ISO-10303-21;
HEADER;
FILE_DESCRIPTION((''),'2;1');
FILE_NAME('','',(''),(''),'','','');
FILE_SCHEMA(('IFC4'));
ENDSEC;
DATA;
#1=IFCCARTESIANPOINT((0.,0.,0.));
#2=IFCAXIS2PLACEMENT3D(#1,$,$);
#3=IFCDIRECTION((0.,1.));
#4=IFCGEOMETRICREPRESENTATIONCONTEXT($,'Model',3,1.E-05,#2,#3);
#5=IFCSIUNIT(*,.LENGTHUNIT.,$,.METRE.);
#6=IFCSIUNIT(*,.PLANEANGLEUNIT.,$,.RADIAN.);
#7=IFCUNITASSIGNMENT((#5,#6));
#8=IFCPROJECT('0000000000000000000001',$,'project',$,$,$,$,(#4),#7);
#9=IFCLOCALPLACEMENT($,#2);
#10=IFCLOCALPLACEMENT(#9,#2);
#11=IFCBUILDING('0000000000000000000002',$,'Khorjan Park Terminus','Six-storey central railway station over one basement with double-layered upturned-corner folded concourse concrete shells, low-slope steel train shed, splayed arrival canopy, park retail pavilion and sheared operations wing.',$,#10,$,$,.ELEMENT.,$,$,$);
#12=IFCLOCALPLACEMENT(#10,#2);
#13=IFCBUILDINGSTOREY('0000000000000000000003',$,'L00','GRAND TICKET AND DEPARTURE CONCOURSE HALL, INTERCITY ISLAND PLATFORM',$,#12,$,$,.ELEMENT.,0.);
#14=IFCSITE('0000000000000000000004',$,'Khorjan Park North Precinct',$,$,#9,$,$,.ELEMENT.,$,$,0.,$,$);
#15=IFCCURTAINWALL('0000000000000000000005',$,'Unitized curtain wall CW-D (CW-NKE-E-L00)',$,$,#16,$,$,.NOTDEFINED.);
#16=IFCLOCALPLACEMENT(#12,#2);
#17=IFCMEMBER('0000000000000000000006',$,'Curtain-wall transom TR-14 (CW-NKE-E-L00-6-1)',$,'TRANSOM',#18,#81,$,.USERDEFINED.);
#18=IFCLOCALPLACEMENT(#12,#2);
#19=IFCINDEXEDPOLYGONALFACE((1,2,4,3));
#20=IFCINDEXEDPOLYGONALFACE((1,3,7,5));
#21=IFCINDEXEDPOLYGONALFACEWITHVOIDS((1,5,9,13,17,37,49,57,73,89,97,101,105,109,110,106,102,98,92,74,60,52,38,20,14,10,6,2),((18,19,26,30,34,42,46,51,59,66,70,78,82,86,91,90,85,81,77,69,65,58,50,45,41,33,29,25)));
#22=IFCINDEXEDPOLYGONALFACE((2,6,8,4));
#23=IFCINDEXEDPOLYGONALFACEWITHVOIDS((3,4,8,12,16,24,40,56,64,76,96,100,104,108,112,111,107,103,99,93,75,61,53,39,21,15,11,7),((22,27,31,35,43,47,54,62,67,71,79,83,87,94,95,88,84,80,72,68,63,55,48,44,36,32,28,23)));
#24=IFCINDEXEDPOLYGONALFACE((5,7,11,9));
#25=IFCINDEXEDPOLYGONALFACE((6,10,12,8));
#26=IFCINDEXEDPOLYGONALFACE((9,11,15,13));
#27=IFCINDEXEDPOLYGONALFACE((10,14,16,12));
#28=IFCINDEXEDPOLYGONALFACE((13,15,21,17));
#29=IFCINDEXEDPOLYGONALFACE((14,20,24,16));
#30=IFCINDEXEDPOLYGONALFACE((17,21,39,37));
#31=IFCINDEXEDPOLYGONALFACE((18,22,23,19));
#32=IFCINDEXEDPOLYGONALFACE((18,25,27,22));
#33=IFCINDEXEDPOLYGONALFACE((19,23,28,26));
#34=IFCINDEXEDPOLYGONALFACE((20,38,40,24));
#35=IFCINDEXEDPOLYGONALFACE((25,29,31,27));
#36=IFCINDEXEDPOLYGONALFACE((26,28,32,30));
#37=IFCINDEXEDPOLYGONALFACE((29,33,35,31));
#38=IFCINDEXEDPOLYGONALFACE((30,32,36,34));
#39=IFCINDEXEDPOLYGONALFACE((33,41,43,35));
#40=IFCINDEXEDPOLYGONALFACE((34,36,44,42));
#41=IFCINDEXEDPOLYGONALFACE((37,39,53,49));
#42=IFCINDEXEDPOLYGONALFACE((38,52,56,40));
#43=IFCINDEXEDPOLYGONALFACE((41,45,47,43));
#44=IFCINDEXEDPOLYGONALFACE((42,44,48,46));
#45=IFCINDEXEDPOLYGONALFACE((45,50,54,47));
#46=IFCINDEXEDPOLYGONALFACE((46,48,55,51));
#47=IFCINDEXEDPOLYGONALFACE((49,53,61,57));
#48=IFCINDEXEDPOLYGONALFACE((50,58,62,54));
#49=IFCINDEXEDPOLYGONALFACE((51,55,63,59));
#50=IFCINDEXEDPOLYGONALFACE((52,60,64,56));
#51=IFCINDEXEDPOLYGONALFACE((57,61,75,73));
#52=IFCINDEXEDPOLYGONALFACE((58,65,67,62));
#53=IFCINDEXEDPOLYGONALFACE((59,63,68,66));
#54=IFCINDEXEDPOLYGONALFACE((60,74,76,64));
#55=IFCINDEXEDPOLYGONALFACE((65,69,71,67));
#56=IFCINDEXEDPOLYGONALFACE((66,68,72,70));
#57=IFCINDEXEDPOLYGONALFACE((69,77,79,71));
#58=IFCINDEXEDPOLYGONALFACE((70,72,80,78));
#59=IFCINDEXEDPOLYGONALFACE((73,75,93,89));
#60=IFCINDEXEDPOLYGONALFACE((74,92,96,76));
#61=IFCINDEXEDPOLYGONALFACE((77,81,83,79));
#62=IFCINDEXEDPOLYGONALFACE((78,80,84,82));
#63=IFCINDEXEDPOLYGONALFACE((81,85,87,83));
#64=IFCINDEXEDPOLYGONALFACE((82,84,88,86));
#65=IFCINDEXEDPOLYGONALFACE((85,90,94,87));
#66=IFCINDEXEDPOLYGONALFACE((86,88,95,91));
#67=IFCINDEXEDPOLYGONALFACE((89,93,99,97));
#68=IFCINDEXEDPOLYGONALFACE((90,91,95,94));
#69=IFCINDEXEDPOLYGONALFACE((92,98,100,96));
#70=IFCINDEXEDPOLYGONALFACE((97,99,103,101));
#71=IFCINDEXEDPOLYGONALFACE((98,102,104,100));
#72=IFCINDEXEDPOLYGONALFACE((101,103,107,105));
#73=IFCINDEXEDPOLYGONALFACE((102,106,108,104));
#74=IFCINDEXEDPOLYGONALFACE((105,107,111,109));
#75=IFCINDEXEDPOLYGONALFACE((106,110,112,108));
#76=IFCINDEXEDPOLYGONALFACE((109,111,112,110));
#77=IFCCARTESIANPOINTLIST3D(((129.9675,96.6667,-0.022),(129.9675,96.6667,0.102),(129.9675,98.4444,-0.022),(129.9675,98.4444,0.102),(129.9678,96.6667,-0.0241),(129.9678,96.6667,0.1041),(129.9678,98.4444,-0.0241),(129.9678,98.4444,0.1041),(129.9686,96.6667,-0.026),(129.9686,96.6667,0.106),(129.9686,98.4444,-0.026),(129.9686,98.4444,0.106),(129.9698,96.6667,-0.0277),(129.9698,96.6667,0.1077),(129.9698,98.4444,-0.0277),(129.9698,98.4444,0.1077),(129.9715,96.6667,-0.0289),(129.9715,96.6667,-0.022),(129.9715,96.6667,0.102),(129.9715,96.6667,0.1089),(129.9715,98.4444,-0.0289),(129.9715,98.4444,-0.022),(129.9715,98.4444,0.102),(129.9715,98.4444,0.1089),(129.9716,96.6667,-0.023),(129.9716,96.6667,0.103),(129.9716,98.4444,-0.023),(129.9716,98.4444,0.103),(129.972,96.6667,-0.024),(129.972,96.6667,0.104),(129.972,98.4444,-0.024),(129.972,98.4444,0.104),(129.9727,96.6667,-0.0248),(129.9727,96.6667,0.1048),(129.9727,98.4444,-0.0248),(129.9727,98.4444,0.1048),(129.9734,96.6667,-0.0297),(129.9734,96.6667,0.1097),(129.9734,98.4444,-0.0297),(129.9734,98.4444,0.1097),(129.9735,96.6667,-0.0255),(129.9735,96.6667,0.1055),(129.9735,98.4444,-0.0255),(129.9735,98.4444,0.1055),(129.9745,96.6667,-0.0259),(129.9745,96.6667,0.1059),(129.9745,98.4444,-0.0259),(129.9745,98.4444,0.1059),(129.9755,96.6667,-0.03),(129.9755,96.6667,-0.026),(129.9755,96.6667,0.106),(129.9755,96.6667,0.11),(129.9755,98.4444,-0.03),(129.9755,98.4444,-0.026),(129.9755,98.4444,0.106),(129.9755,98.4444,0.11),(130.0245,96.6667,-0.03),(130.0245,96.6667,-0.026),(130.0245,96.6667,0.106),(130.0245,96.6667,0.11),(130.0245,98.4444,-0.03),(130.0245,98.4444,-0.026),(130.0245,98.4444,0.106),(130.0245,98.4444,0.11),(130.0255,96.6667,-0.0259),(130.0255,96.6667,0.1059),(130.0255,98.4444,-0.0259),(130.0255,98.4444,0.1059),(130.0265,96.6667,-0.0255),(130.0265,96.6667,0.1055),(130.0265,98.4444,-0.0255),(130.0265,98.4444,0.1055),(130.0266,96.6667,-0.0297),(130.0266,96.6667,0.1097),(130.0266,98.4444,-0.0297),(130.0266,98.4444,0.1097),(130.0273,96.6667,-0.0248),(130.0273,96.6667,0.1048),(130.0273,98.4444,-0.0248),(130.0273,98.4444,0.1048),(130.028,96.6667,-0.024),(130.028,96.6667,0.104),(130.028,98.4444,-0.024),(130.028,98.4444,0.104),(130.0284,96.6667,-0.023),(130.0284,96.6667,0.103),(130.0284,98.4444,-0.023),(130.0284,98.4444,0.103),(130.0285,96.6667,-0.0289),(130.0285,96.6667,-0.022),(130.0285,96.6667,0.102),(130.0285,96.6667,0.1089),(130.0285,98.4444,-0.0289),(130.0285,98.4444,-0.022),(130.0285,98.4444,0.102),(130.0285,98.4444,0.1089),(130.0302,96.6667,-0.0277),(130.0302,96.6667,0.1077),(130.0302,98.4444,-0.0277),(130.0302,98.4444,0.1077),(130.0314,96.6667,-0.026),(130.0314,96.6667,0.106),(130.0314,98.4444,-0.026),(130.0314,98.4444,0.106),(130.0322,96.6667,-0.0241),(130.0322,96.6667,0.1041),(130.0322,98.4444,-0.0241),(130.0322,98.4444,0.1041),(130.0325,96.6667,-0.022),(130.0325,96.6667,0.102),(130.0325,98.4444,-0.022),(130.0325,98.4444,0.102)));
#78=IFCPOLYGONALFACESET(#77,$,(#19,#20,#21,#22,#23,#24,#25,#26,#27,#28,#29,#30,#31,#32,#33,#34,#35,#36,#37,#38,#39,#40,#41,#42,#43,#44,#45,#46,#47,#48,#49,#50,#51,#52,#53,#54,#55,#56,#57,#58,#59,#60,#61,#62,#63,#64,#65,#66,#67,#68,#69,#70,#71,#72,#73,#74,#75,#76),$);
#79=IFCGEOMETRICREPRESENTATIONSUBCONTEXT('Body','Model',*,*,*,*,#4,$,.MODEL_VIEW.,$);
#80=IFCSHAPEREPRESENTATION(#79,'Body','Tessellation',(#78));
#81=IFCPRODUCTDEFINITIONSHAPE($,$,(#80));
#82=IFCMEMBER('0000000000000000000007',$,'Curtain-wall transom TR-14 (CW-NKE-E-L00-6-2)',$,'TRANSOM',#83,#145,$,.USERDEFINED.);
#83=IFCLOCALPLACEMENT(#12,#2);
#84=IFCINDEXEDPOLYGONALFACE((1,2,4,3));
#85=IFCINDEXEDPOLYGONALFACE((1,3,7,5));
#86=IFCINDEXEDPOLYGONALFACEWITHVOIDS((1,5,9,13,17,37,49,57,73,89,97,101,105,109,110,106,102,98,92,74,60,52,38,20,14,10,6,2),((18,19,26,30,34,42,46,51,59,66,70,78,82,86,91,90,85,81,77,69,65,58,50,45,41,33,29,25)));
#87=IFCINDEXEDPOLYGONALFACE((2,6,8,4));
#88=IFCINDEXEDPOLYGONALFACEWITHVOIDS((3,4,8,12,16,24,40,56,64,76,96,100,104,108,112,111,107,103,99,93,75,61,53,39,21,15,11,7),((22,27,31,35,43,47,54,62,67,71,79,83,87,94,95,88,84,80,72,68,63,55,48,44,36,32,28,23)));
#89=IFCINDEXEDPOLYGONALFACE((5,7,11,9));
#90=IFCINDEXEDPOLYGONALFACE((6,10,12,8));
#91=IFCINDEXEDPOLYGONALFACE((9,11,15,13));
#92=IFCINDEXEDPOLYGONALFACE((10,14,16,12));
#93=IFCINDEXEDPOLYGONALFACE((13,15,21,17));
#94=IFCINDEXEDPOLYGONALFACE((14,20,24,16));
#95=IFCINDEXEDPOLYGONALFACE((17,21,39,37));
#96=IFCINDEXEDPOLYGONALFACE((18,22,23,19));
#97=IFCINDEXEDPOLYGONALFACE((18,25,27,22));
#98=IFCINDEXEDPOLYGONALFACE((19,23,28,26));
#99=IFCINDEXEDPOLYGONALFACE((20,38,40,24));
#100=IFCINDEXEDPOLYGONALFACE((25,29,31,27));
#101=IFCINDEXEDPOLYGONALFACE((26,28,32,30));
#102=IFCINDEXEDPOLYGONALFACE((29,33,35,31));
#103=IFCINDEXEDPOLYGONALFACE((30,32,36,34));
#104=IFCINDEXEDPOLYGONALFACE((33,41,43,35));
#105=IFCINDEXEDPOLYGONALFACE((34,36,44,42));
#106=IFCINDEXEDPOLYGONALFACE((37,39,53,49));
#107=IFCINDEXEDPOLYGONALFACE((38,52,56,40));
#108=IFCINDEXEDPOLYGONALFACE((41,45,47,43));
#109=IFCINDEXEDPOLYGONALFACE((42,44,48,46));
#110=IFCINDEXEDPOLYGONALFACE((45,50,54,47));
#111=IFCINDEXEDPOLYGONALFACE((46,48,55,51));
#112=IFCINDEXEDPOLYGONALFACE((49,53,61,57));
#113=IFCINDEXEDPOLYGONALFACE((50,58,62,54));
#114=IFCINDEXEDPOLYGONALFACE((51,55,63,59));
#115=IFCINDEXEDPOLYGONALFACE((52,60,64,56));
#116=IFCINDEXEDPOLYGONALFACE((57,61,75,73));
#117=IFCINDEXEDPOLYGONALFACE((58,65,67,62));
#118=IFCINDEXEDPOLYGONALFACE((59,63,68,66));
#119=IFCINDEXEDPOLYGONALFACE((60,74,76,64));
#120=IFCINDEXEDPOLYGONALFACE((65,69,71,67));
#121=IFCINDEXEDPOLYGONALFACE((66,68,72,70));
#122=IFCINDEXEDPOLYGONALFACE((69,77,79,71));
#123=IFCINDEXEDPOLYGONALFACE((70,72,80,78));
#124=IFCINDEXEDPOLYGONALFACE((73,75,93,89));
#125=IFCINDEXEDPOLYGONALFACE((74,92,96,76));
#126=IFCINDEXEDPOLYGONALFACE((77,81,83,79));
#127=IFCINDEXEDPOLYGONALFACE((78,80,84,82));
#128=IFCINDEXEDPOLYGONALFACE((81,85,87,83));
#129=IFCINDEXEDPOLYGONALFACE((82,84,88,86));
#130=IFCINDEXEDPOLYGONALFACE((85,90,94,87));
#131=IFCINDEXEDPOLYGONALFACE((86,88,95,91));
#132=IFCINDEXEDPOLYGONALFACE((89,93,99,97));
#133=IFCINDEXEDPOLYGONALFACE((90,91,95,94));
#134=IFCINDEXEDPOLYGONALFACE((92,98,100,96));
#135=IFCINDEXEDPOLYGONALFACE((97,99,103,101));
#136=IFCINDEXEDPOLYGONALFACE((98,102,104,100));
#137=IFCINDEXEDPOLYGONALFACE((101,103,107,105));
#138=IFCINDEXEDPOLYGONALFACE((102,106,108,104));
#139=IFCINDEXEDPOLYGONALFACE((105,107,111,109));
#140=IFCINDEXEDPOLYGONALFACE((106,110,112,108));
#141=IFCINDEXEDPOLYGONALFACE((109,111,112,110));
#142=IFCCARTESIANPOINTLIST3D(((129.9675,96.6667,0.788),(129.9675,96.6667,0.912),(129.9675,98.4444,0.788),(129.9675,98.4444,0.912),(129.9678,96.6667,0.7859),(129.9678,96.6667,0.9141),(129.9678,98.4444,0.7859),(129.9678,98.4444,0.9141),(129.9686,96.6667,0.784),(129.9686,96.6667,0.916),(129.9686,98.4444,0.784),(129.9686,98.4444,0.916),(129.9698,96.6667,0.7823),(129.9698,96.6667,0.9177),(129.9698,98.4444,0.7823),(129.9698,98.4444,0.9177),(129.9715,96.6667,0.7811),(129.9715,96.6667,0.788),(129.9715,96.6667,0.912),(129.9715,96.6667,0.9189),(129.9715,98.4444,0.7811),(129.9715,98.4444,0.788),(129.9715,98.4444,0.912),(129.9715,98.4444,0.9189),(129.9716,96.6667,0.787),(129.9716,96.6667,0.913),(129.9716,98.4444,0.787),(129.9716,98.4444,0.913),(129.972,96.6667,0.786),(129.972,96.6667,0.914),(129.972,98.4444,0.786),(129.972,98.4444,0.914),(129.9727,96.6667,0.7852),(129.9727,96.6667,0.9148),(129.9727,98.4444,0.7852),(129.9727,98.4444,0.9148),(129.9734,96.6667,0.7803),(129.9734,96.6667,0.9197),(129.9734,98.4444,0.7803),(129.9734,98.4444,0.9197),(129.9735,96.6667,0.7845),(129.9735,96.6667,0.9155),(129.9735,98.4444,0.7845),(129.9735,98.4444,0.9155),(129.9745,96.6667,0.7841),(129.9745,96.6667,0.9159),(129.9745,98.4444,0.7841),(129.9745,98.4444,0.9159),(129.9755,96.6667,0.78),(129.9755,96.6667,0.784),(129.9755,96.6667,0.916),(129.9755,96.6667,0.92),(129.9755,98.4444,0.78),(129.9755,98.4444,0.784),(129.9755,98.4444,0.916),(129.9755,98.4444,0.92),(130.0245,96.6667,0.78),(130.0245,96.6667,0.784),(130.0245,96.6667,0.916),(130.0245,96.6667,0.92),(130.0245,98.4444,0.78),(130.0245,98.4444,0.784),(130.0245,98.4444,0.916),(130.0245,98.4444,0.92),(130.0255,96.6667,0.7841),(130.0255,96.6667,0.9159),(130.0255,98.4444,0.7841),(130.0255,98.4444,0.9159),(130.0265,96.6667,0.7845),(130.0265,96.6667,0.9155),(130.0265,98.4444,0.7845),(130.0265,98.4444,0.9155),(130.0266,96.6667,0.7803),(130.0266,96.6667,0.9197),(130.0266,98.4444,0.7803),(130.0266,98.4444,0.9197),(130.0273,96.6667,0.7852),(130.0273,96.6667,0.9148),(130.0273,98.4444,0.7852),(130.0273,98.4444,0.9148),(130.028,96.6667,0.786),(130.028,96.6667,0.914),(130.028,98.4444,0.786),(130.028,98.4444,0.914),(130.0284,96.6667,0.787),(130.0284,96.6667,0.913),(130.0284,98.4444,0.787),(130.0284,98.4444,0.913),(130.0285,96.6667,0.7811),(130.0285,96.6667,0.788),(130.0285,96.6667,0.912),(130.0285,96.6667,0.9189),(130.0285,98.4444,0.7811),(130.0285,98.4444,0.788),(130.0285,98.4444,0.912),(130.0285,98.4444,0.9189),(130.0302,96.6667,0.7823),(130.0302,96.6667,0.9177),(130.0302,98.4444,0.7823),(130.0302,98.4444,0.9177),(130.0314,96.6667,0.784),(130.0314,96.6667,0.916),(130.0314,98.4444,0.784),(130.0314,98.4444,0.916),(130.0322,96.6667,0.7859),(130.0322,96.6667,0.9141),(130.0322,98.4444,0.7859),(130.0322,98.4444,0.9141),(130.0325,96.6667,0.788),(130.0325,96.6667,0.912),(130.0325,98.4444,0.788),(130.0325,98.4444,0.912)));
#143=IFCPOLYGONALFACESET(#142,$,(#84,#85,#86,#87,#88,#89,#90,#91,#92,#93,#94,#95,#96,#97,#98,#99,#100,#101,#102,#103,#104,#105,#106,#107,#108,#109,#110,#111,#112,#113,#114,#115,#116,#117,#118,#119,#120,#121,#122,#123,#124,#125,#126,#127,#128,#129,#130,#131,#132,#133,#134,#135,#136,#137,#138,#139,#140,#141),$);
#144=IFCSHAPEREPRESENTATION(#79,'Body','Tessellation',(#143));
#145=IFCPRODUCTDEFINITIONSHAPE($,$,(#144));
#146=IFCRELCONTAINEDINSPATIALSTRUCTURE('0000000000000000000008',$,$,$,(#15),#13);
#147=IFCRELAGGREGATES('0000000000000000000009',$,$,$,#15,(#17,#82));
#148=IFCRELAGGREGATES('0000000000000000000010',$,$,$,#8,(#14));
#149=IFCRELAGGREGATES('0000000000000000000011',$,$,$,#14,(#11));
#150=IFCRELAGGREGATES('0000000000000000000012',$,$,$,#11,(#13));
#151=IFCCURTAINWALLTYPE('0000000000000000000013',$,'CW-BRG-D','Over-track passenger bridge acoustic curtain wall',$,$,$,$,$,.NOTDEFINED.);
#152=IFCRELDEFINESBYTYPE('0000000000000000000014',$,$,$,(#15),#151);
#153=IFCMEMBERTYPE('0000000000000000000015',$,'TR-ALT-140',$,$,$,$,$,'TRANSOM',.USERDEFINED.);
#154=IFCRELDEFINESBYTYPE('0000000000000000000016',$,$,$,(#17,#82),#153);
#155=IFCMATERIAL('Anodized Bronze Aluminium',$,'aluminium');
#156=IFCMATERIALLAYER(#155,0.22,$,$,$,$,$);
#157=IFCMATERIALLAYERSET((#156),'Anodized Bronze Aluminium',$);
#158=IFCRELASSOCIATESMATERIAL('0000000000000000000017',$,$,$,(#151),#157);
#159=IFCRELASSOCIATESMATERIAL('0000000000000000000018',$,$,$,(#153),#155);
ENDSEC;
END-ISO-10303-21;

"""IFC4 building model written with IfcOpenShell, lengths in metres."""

from ifc_helpers import new_model, si_unit, direction, frame, origin, origin_2d, place, context, subcontext, project, spatial, hollow_rectangle, extrude, material, layer, layer_set, material_profile, profile_set, type_object, element, aggregate, save


model = new_model("IFC4")

# Units and contexts
model_context = context("Model", 3, precision=1e-05, world=origin(), true_north=direction((0.0, 1.0)))
body_context = subcontext(model_context, "Body", "Model", "MODEL_VIEW")
ifc_project = project(units=[si_unit("LENGTHUNIT", "METRE"), si_unit("PLANEANGLEUNIT", "RADIAN")], contexts=[model_context])

# Site, building, storey
site_placement = place(None, origin())
site = spatial("IfcSite", under=ifc_project, at=site_placement, Name="Khorjan Park North Precinct", CompositionType="ELEMENT", RefElevation=0.0)
building_placement = place(site_placement, origin())
building = spatial("IfcBuilding", under=site, at=building_placement, Name="Khorjan Park Terminus", Description="Six-storey central railway station over one basement with double-layered upturned-corner folded concourse concrete shells, low-slope steel train shed, splayed arrival canopy, park retail pavilion and sheared operations wing.", CompositionType="ELEMENT")
storey_placement = place(building_placement, origin())
storey = spatial("IfcBuildingStorey", under=building, at=storey_placement, Name="L00", Description="GRAND TICKET AND DEPARTURE CONCOURSE HALL, INTERCITY ISLAND PLATFORM", CompositionType="ELEMENT", Elevation=0.0)

# Curtain wall, members
ifc_material_1 = material(Name="Anodized Bronze Aluminium", Category="aluminium")
ifc_layer_1 = layer(ifc_material_1, 0.22)
ifc_layer_set_1 = layer_set([ifc_layer_1], Name="Anodized Bronze Aluminium")
curtain_wall_type = type_object("IfcCurtainWallType", Name="CW-BRG-D", Description="Over-track passenger bridge acoustic curtain wall", PredefinedType="NOTDEFINED", material=ifc_layer_set_1)
curtain_wall_placement = place(storey_placement, origin())
curtain_wall = element("IfcCurtainWall", 1, at=curtain_wall_placement, inside=storey, type_object=curtain_wall_type, Name="Unitized curtain wall CW-D (CW-NKE-E-L00)", PredefinedType="NOTDEFINED")
ifc_material_profile_1 = material_profile(ifc_material_1, hollow_rectangle(XDim=0.065, YDim=0.14, WallThickness=0.004, InnerFilletRadius=0.004, OuterFilletRadius=0.008, at=origin_2d()), Name="ALT 65x140x4")
ifc_profile_set_1 = profile_set([ifc_material_profile_1], Name="Anodized Bronze Aluminium")
member_type_1 = type_object("IfcMemberType", Name="TR-ALT-140", ElementType="TRANSOM", PredefinedType="USERDEFINED", material=ifc_profile_set_1)
member_1_placement = place(storey_placement, frame((130.0, 96.6667, 0.04), z_axis=(0.0, 1.0, 0.0), x_axis=(-1.0, 0.0, 0.0)))
member_1 = element("IfcMember", 2, at=member_1_placement, type_object=member_type_1, Name="Curtain-wall transom TR-14 (CW-NKE-E-L00-6-1)", ObjectType="TRANSOM", PredefinedType="USERDEFINED", context=body_context, shape_type="SweptSolid", body=[
    extrude(hollow_rectangle(XDim=0.065, YDim=0.14, WallThickness=0.004, InnerFilletRadius=0.004, OuterFilletRadius=0.008, at=origin_2d()), origin(), (0.0, 0.0, 1.0), 1.7777),
])
member_2_placement = place(storey_placement, frame((130.0, 96.6667, 0.85), z_axis=(0.0, 1.0, 0.0), x_axis=(-1.0, 0.0, 0.0)))
member_2 = element("IfcMember", 3, at=member_2_placement, type_object=member_type_1, Name="Curtain-wall transom TR-14 (CW-NKE-E-L00-6-2)", ObjectType="TRANSOM", PredefinedType="USERDEFINED", context=body_context, shape_type="SweptSolid", body=[
    extrude(hollow_rectangle(XDim=0.065, YDim=0.14, WallThickness=0.004, InnerFilletRadius=0.004, OuterFilletRadius=0.008, at=origin_2d()), origin(), (0.0, 0.0, 1.0), 1.7777),
])
aggregate(curtain_wall, [member_1, member_2])

save(model, "model.ifc")
